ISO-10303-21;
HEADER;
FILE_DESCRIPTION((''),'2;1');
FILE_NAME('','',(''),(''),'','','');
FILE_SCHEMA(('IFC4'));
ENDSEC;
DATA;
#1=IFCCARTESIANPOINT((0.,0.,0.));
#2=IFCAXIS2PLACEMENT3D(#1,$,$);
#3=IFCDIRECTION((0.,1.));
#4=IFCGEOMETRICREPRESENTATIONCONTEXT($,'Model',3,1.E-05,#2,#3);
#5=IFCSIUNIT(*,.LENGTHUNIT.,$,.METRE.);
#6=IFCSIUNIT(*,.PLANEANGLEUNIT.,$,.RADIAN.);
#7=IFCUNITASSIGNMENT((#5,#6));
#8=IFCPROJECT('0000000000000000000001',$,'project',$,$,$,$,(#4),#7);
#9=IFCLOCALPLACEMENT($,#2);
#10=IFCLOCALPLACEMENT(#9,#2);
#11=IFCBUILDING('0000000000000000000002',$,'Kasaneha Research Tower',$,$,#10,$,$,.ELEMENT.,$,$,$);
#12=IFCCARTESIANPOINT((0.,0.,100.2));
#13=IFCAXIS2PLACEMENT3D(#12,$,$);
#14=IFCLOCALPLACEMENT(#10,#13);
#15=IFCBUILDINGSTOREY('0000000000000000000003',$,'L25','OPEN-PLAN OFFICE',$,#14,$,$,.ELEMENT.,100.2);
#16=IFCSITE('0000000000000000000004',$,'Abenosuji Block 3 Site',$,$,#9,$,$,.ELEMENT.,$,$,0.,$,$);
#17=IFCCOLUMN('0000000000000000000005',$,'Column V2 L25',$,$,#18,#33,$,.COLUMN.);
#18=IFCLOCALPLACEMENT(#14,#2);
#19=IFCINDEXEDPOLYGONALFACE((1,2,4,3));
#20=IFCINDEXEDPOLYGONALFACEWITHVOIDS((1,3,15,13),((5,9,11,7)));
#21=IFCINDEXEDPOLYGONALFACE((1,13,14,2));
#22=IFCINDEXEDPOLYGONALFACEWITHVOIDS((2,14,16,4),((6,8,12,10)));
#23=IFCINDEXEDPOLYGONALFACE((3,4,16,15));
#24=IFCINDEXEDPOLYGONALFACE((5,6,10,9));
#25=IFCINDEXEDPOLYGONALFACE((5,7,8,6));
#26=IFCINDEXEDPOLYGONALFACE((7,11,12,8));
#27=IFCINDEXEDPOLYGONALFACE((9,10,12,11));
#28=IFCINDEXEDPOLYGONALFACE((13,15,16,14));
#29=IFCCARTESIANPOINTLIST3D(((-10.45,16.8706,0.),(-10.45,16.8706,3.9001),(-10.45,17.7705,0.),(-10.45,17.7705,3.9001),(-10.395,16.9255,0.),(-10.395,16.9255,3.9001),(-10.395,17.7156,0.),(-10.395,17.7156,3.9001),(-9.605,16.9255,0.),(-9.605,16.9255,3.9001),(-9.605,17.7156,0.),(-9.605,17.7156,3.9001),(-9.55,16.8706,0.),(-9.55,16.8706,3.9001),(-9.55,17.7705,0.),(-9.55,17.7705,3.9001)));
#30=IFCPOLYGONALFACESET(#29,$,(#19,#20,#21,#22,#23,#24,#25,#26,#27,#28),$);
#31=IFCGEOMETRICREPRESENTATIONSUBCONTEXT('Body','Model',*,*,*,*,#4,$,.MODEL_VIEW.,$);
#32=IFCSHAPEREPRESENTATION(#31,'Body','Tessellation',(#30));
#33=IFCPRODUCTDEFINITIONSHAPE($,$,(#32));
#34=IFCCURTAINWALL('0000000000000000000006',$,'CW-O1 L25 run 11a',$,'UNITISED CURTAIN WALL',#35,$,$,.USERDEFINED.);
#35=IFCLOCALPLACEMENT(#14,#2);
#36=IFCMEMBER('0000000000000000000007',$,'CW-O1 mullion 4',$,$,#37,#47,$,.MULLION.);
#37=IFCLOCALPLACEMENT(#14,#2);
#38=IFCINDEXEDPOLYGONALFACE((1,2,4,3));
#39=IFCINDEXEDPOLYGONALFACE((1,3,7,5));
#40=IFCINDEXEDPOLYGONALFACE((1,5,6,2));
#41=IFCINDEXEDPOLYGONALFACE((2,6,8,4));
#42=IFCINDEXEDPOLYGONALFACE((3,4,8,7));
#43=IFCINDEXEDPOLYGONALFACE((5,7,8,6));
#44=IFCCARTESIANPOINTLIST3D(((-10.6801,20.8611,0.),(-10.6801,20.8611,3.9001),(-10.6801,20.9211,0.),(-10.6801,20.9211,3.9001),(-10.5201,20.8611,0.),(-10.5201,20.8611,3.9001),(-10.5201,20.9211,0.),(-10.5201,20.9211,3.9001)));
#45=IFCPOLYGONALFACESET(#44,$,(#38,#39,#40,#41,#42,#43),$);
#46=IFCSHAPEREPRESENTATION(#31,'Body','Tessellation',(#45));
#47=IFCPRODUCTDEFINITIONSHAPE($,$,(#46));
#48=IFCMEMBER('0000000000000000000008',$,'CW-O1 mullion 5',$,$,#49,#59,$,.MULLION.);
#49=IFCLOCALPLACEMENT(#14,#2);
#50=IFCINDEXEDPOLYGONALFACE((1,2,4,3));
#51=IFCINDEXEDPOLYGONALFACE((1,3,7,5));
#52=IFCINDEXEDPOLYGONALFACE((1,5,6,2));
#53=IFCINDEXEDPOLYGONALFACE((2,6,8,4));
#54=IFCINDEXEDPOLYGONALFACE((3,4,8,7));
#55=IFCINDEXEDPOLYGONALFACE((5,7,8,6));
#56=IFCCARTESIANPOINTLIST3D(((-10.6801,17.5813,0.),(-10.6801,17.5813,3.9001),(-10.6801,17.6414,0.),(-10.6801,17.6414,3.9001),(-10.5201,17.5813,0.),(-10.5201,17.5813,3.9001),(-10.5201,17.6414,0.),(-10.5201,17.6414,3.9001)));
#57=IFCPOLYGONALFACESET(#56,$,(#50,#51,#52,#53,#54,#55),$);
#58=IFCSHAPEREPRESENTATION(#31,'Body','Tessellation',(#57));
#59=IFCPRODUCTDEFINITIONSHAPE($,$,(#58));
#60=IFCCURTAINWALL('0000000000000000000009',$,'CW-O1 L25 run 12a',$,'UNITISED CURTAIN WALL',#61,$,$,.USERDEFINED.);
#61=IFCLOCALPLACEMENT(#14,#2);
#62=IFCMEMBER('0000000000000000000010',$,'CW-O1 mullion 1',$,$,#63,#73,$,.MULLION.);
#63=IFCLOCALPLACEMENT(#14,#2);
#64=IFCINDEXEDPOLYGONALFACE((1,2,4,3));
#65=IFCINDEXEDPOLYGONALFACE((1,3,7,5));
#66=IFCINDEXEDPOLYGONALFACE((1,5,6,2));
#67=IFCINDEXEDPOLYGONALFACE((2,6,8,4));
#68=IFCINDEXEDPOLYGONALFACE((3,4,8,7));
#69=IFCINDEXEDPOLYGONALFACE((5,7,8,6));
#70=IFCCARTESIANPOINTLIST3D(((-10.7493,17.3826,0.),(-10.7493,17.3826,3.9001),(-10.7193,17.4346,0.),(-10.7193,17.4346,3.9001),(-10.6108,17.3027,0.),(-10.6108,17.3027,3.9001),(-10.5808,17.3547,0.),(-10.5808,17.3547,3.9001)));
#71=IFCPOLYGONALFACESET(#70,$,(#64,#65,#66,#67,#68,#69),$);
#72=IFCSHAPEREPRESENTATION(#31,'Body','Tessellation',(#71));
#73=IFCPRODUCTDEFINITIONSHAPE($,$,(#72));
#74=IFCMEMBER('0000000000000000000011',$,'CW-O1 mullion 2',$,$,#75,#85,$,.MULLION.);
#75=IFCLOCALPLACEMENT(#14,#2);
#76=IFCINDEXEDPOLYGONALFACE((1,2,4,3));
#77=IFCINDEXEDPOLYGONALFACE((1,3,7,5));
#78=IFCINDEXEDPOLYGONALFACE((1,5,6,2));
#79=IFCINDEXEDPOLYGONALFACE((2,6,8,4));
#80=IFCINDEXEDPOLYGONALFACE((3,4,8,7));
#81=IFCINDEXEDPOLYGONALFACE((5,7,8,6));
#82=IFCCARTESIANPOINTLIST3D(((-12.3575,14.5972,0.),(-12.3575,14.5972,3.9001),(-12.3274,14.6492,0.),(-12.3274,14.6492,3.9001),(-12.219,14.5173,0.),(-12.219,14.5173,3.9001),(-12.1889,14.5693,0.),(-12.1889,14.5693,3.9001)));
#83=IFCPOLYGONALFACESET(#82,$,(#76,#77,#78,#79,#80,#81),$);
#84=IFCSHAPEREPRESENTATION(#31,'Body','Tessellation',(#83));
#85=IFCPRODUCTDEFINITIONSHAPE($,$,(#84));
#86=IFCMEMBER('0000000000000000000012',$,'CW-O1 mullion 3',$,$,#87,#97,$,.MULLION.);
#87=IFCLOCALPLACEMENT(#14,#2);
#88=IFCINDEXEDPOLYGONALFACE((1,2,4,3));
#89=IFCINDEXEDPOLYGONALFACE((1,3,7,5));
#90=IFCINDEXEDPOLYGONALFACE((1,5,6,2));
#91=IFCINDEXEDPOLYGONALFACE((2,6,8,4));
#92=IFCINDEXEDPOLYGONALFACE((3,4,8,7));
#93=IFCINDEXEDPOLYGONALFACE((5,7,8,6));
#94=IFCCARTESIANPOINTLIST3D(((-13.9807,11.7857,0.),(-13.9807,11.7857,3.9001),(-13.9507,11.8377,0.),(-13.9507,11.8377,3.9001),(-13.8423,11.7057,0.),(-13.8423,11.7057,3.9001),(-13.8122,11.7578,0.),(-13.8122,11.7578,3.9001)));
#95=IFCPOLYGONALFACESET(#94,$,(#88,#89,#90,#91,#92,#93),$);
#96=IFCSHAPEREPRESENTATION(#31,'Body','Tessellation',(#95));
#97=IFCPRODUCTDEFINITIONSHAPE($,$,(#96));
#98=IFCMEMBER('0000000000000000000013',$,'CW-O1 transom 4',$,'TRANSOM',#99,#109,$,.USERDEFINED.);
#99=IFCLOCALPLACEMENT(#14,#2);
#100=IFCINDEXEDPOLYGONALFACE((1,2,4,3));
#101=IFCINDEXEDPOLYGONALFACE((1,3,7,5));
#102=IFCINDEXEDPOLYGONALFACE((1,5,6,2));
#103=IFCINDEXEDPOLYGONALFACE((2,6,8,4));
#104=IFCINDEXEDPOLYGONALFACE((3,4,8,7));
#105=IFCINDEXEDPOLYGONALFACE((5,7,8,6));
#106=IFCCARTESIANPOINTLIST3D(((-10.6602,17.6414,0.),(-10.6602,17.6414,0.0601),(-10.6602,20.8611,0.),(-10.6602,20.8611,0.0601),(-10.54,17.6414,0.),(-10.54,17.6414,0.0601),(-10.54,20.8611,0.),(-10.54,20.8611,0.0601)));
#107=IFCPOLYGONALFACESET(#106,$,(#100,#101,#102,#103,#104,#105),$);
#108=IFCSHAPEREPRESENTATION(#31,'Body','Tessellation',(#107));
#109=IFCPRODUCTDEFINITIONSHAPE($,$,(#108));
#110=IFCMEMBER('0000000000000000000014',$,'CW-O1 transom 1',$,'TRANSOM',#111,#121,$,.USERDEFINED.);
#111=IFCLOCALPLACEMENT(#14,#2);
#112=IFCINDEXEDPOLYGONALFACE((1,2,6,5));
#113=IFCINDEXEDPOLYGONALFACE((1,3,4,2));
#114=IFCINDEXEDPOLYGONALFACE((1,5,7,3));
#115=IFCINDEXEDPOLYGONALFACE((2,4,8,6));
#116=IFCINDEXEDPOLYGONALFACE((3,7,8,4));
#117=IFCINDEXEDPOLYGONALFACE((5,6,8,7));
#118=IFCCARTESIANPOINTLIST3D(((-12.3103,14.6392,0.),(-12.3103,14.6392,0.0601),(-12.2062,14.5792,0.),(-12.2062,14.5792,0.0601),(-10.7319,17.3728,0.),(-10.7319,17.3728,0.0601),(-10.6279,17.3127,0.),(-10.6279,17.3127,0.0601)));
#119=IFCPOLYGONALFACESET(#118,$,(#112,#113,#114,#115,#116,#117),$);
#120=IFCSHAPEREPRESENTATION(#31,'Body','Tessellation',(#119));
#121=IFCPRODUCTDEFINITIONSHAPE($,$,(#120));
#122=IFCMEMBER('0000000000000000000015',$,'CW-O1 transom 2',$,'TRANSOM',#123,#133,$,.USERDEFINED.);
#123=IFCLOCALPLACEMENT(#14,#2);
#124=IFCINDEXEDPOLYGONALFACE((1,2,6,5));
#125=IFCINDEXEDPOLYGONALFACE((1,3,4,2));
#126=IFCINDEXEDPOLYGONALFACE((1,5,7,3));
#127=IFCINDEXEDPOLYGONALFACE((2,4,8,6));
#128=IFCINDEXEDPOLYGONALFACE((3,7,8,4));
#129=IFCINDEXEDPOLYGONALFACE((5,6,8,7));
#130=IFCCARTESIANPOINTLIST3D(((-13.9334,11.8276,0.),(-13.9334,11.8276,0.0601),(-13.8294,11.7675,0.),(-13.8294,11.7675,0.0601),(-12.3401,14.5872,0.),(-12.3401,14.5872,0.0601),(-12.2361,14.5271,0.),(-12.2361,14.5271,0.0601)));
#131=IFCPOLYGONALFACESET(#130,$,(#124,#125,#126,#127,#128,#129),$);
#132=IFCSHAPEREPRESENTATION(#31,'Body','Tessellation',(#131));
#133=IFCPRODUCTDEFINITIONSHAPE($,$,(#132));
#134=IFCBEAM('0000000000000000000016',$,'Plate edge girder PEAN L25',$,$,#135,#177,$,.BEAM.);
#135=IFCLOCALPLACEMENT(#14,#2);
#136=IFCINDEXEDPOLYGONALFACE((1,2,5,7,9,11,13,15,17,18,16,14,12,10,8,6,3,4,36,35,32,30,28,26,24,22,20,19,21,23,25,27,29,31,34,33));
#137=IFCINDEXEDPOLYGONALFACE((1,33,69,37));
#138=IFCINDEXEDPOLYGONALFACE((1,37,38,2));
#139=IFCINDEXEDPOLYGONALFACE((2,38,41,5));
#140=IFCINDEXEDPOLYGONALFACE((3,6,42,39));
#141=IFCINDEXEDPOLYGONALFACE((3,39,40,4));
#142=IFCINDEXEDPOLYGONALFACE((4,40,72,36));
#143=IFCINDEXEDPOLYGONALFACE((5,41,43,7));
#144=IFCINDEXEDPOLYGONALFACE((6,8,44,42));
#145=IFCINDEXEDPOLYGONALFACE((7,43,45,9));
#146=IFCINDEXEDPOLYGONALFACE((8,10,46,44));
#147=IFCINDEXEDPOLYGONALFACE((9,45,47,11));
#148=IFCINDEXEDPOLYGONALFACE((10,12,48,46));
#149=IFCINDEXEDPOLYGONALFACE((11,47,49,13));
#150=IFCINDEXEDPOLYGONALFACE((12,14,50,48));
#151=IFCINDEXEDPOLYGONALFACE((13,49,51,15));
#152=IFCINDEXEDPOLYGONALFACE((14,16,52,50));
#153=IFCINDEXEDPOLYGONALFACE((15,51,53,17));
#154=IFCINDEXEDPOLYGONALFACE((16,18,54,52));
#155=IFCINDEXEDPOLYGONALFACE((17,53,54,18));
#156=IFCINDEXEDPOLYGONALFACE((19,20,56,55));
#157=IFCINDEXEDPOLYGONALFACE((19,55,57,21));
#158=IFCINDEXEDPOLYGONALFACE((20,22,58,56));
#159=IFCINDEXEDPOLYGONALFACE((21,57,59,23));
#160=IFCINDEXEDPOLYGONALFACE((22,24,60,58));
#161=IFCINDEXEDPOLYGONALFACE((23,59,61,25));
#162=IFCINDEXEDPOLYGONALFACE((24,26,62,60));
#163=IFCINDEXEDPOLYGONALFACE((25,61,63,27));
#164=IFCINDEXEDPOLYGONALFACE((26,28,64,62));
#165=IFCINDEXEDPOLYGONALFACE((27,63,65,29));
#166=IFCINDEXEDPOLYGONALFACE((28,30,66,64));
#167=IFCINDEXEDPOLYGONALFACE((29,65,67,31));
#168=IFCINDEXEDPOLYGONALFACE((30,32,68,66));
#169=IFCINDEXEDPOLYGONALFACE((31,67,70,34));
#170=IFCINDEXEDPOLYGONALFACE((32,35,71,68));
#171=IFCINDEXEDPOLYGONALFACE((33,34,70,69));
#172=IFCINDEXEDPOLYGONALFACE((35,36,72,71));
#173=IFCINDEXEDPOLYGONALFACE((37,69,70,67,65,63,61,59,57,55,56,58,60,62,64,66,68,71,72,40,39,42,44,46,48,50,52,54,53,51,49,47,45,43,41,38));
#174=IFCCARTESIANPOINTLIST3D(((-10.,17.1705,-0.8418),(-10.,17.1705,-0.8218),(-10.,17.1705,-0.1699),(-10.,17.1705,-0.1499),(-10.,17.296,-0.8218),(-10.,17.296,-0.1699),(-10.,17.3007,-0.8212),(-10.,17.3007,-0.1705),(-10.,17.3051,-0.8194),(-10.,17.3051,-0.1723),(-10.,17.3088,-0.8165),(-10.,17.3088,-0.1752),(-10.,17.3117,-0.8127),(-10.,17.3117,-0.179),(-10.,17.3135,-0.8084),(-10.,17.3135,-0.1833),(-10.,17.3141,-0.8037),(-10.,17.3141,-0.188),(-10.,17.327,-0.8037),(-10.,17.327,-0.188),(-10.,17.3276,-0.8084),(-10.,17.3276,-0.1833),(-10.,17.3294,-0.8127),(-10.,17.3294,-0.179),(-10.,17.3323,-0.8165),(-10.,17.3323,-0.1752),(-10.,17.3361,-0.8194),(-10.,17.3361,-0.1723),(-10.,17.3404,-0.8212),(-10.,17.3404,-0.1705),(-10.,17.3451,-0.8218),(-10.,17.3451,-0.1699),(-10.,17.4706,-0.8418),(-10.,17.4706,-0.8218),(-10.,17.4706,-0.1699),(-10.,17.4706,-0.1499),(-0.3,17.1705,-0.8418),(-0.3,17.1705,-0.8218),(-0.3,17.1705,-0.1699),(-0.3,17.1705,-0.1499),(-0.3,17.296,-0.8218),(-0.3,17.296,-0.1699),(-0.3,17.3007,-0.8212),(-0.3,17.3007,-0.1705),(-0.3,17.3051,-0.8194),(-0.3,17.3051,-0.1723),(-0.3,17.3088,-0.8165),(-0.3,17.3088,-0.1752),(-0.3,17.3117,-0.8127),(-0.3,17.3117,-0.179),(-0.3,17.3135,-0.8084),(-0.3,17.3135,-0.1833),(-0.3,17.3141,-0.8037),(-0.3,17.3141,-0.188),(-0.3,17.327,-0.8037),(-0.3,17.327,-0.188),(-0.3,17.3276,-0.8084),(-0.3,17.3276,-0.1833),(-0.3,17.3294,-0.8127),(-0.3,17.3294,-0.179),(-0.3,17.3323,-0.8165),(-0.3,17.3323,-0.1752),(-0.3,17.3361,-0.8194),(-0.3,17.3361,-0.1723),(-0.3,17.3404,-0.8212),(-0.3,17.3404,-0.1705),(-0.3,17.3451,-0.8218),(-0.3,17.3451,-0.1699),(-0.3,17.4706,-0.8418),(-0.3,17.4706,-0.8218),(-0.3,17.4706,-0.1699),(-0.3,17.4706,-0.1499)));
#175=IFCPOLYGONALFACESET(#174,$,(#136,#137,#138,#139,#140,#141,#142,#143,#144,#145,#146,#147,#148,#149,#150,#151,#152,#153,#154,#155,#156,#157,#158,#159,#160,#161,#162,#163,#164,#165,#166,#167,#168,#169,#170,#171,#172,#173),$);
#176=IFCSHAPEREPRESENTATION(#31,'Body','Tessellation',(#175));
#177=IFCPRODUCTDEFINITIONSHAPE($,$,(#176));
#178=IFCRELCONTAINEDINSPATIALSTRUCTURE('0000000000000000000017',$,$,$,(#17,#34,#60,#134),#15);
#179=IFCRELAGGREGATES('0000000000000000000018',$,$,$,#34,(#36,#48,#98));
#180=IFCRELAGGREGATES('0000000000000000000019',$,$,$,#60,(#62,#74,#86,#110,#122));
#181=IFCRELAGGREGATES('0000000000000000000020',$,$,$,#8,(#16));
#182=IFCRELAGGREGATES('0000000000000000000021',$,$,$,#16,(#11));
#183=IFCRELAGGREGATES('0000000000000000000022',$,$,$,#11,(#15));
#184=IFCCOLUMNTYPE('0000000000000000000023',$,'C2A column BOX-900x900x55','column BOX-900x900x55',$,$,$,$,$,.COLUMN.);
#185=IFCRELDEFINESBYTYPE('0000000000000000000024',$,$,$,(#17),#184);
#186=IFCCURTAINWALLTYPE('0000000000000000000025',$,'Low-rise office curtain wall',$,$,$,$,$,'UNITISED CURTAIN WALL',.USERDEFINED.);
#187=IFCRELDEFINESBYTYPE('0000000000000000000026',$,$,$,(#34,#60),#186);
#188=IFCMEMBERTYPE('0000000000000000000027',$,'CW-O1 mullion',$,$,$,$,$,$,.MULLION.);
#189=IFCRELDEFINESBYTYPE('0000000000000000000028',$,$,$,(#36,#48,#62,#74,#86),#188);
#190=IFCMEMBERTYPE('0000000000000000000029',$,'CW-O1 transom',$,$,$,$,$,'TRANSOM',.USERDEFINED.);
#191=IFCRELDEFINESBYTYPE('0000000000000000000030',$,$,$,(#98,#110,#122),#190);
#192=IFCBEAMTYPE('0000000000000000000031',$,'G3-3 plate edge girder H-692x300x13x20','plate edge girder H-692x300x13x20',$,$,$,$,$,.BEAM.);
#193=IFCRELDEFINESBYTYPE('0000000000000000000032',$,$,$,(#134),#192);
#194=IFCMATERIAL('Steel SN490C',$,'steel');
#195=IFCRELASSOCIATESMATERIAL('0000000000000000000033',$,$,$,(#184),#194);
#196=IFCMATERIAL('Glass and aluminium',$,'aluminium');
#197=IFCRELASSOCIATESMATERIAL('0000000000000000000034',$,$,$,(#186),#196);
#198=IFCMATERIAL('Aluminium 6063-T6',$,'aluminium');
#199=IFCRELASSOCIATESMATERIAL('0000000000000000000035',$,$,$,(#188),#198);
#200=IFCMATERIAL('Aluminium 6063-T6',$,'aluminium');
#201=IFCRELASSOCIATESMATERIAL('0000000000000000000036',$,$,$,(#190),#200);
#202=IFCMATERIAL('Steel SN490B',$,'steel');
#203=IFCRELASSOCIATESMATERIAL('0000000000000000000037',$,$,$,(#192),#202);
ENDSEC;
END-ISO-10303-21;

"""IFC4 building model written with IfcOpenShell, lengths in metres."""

from ifc_helpers import new_model, si_unit, direction, frame, origin, origin_2d, place, context, subcontext, project, spatial, rectangle, hollow_rectangle, i_section, extrude, material, material_profile, profile_set, type_object, element, aggregate, save


model = new_model("IFC4")

# Units and contexts
model_context = context("Model", 3, precision=1e-05, world=origin(), true_north=direction((0.0, 1.0)))
body_context = subcontext(model_context, "Body", "Model", "MODEL_VIEW")
ifc_project = project(units=[si_unit("LENGTHUNIT", "METRE"), si_unit("PLANEANGLEUNIT", "RADIAN")], contexts=[model_context])

# Site, building, storey
site_placement = place(None, origin())
site = spatial("IfcSite", under=ifc_project, at=site_placement, Name="Abenosuji Block 3 Site", CompositionType="ELEMENT", RefElevation=0.0)
building_placement = place(site_placement, origin())
building = spatial("IfcBuilding", under=site, at=building_placement, Name="Kasaneha Research Tower", CompositionType="ELEMENT")
storey_placement = place(building_placement, frame((0.0, 0.0, 100.2)))
storey = spatial("IfcBuildingStorey", under=building, at=storey_placement, Name="L25", Description="OPEN-PLAN OFFICE", CompositionType="ELEMENT", Elevation=100.2)

# Column
ifc_material_1 = material(Name="Steel SN490C", Category="steel")
ifc_material_profile_1 = material_profile(ifc_material_1, hollow_rectangle(XDim=0.8999, YDim=0.8999, WallThickness=0.0549, at=origin_2d()), Name="BOX-900x900x55")
ifc_profile_set_1 = profile_set([ifc_material_profile_1], Name="Steel SN490C")
column_type = type_object("IfcColumnType", Name="C2A column BOX-900x900x55", Description="column BOX-900x900x55", PredefinedType="COLUMN", material=ifc_profile_set_1)
column_placement = place(storey_placement, frame((-10.0, 17.3206, 0.0), z_axis=(0.0, 0.0, 1.0), x_axis=(1.0, 0.0, 0.0)))
element("IfcColumn", 1, at=column_placement, inside=storey, type_object=column_type, Name="Column V2 L25", PredefinedType="COLUMN", context=body_context, shape_type="SweptSolid", body=[
    extrude(hollow_rectangle(XDim=0.8999, YDim=0.8999, WallThickness=0.0549, at=origin_2d()), origin(), (0.0, 0.0, 1.0), 3.9001),
])

# Curtain walls, members
ifc_material_2 = material(Name="Glass and aluminium", Category="aluminium")
curtain_wall_type = type_object("IfcCurtainWallType", Name="Low-rise office curtain wall", ElementType="UNITISED CURTAIN WALL", PredefinedType="USERDEFINED", material=ifc_material_2)
curtain_wall_1_placement = place(storey_placement, origin())
curtain_wall_1 = element("IfcCurtainWall", 2, at=curtain_wall_1_placement, inside=storey, type_object=curtain_wall_type, Name="CW-O1 L25 run 11a", ObjectType="UNITISED CURTAIN WALL", PredefinedType="USERDEFINED")
ifc_material_3 = material(Name="Aluminium 6063-T6", Category="aluminium")
ifc_material_profile_2 = material_profile(ifc_material_3, rectangle(XDim=0.0601, YDim=0.1599, at=origin_2d()), Name="CW-O1 mullion 60x160")
ifc_profile_set_2 = profile_set([ifc_material_profile_2], Name="Aluminium 6063-T6")
member_type_1 = type_object("IfcMemberType", Name="CW-O1 mullion", PredefinedType="MULLION", material=ifc_profile_set_2)
member_1_placement = place(storey_placement, frame((-10.6001, 20.8911, 0.0), z_axis=(0.0, 0.0, 1.0), x_axis=(0.0, -1.0, 0.0)))
member_1 = element("IfcMember", 3, at=member_1_placement, type_object=member_type_1, Name="CW-O1 mullion 4", PredefinedType="MULLION", context=body_context, shape_type="SweptSolid", body=[
    extrude(rectangle(XDim=0.0601, YDim=0.1599, at=origin_2d()), origin(), (0.0, 0.0, 1.0), 3.9001),
])
member_2_placement = place(storey_placement, frame((-10.6001, 17.6113, 0.0), z_axis=(0.0, 0.0, 1.0), x_axis=(0.0, -1.0, 0.0)))
member_2 = element("IfcMember", 4, at=member_2_placement, type_object=member_type_1, Name="CW-O1 mullion 5", PredefinedType="MULLION", context=body_context, shape_type="SweptSolid", body=[
    extrude(rectangle(XDim=0.0601, YDim=0.1599, at=origin_2d()), origin(), (0.0, 0.0, 1.0), 3.9001),
])
curtain_wall_2_placement = place(storey_placement, origin())
curtain_wall_2 = element("IfcCurtainWall", 5, at=curtain_wall_2_placement, inside=storey, type_object=curtain_wall_type, Name="CW-O1 L25 run 12a", ObjectType="UNITISED CURTAIN WALL", PredefinedType="USERDEFINED")
member_3_placement = place(storey_placement, frame((-10.665, 17.3687, 0.0), z_axis=(0.0, 0.0, 1.0), x_axis=(-0.5, -0.866025, 0.0)))
member_3 = element("IfcMember", 6, at=member_3_placement, type_object=member_type_1, Name="CW-O1 mullion 1", PredefinedType="MULLION", context=body_context, shape_type="SweptSolid", body=[
    extrude(rectangle(XDim=0.0601, YDim=0.1599, at=origin_2d()), origin(), (0.0, 0.0, 1.0), 3.9001),
])
member_4_placement = place(storey_placement, frame((-12.2732, 14.5833, 0.0), z_axis=(0.0, 0.0, 1.0), x_axis=(-0.5, -0.866025, 0.0)))
member_4 = element("IfcMember", 7, at=member_4_placement, type_object=member_type_1, Name="CW-O1 mullion 2", PredefinedType="MULLION", context=body_context, shape_type="SweptSolid", body=[
    extrude(rectangle(XDim=0.0601, YDim=0.1599, at=origin_2d()), origin(), (0.0, 0.0, 1.0), 3.9001),
])
member_5_placement = place(storey_placement, frame((-13.8965, 11.7717, 0.0), z_axis=(0.0, 0.0, 1.0), x_axis=(-0.5, -0.866025, 0.0)))
member_5 = element("IfcMember", 8, at=member_5_placement, type_object=member_type_1, Name="CW-O1 mullion 3", PredefinedType="MULLION", context=body_context, shape_type="SweptSolid", body=[
    extrude(rectangle(XDim=0.0601, YDim=0.1599, at=origin_2d()), origin(), (0.0, 0.0, 1.0), 3.9001),
])

# Members
ifc_material_4 = material(Name="Aluminium 6063-T6", Category="aluminium")
ifc_material_profile_3 = material_profile(ifc_material_4, rectangle(XDim=0.1201, YDim=0.0601, at=origin_2d()), Name="CW-O1 transom 120x60")
ifc_profile_set_3 = profile_set([ifc_material_profile_3], Name="Aluminium 6063-T6")
member_type_2 = type_object("IfcMemberType", Name="CW-O1 transom", ElementType="TRANSOM", PredefinedType="USERDEFINED", material=ifc_profile_set_3)
member_6_placement = place(storey_placement, frame((-10.6001, 20.8611, 0.03), z_axis=(0.0, -1.0, 0.0), x_axis=(1.0, 0.0, 0.0)))
member_6 = element("IfcMember", 9, at=member_6_placement, type_object=member_type_2, Name="CW-O1 transom 4", ObjectType="TRANSOM", PredefinedType="USERDEFINED", context=body_context, shape_type="SweptSolid", body=[
    extrude(rectangle(XDim=0.1201, YDim=0.0601, at=origin_2d()), origin(), (0.0, 0.0, 1.0), 3.2197),
])
member_7_placement = place(storey_placement, frame((-10.6799, 17.3428, 0.03), z_axis=(-0.500024, -0.866012, 0.0), x_axis=(0.866012, -0.500024, 0.0)))
member_7 = element("IfcMember", 10, at=member_7_placement, type_object=member_type_2, Name="CW-O1 transom 1", ObjectType="TRANSOM", PredefinedType="USERDEFINED", context=body_context, shape_type="SweptSolid", body=[
    extrude(rectangle(XDim=0.1201, YDim=0.0601, at=origin_2d()), origin(), (0.0, 0.0, 1.0), 3.1565),
])
member_8_placement = place(storey_placement, frame((-12.2881, 14.5571, 0.03), z_axis=(-0.500012, -0.866018, 0.0), x_axis=(0.866018, -0.500012, 0.0)))
member_8 = element("IfcMember", 11, at=member_8_placement, type_object=member_type_2, Name="CW-O1 transom 2", ObjectType="TRANSOM", PredefinedType="USERDEFINED", context=body_context, shape_type="SweptSolid", body=[
    extrude(rectangle(XDim=0.1201, YDim=0.0601, at=origin_2d()), origin(), (0.0, 0.0, 1.0), 3.1865),
])

# Beam
ifc_material_5 = material(Name="Steel SN490B", Category="steel")
ifc_material_profile_4 = material_profile(ifc_material_5, i_section(OverallWidth=0.3, OverallDepth=0.6919, WebThickness=0.0129, FlangeThickness=0.02, FilletRadius=0.0181, at=origin_2d()), Name="H-692x300x13x20")
ifc_profile_set_4 = profile_set([ifc_material_profile_4], Name="Steel SN490B")
beam_type_1 = type_object("IfcBeamType", Name="G3-3 plate edge girder H-692x300x13x20", Description="plate edge girder H-692x300x13x20", PredefinedType="BEAM", material=ifc_profile_set_4)
beam_1_placement = place(storey_placement, frame((-10.0, 17.3206, -0.4958), z_axis=(1.0, 0.0, 0.0), x_axis=(0.0, 1.0, 0.0)))
element("IfcBeam", 12, at=beam_1_placement, inside=storey, type_object=beam_type_1, Name="Plate edge girder PEAN L25", PredefinedType="BEAM", context=body_context, shape_type="SweptSolid", body=[
    extrude(i_section(OverallWidth=0.3, OverallDepth=0.6919, WebThickness=0.0129, FlangeThickness=0.02, FilletRadius=0.0181, at=origin_2d()), origin(), (0.0, 0.0, 1.0), 9.7),
])

aggregate(curtain_wall_1, [member_1, member_2, member_6])
aggregate(curtain_wall_2, [member_3, member_4, member_5, member_7, member_8])

save(model, "model.ifc")
